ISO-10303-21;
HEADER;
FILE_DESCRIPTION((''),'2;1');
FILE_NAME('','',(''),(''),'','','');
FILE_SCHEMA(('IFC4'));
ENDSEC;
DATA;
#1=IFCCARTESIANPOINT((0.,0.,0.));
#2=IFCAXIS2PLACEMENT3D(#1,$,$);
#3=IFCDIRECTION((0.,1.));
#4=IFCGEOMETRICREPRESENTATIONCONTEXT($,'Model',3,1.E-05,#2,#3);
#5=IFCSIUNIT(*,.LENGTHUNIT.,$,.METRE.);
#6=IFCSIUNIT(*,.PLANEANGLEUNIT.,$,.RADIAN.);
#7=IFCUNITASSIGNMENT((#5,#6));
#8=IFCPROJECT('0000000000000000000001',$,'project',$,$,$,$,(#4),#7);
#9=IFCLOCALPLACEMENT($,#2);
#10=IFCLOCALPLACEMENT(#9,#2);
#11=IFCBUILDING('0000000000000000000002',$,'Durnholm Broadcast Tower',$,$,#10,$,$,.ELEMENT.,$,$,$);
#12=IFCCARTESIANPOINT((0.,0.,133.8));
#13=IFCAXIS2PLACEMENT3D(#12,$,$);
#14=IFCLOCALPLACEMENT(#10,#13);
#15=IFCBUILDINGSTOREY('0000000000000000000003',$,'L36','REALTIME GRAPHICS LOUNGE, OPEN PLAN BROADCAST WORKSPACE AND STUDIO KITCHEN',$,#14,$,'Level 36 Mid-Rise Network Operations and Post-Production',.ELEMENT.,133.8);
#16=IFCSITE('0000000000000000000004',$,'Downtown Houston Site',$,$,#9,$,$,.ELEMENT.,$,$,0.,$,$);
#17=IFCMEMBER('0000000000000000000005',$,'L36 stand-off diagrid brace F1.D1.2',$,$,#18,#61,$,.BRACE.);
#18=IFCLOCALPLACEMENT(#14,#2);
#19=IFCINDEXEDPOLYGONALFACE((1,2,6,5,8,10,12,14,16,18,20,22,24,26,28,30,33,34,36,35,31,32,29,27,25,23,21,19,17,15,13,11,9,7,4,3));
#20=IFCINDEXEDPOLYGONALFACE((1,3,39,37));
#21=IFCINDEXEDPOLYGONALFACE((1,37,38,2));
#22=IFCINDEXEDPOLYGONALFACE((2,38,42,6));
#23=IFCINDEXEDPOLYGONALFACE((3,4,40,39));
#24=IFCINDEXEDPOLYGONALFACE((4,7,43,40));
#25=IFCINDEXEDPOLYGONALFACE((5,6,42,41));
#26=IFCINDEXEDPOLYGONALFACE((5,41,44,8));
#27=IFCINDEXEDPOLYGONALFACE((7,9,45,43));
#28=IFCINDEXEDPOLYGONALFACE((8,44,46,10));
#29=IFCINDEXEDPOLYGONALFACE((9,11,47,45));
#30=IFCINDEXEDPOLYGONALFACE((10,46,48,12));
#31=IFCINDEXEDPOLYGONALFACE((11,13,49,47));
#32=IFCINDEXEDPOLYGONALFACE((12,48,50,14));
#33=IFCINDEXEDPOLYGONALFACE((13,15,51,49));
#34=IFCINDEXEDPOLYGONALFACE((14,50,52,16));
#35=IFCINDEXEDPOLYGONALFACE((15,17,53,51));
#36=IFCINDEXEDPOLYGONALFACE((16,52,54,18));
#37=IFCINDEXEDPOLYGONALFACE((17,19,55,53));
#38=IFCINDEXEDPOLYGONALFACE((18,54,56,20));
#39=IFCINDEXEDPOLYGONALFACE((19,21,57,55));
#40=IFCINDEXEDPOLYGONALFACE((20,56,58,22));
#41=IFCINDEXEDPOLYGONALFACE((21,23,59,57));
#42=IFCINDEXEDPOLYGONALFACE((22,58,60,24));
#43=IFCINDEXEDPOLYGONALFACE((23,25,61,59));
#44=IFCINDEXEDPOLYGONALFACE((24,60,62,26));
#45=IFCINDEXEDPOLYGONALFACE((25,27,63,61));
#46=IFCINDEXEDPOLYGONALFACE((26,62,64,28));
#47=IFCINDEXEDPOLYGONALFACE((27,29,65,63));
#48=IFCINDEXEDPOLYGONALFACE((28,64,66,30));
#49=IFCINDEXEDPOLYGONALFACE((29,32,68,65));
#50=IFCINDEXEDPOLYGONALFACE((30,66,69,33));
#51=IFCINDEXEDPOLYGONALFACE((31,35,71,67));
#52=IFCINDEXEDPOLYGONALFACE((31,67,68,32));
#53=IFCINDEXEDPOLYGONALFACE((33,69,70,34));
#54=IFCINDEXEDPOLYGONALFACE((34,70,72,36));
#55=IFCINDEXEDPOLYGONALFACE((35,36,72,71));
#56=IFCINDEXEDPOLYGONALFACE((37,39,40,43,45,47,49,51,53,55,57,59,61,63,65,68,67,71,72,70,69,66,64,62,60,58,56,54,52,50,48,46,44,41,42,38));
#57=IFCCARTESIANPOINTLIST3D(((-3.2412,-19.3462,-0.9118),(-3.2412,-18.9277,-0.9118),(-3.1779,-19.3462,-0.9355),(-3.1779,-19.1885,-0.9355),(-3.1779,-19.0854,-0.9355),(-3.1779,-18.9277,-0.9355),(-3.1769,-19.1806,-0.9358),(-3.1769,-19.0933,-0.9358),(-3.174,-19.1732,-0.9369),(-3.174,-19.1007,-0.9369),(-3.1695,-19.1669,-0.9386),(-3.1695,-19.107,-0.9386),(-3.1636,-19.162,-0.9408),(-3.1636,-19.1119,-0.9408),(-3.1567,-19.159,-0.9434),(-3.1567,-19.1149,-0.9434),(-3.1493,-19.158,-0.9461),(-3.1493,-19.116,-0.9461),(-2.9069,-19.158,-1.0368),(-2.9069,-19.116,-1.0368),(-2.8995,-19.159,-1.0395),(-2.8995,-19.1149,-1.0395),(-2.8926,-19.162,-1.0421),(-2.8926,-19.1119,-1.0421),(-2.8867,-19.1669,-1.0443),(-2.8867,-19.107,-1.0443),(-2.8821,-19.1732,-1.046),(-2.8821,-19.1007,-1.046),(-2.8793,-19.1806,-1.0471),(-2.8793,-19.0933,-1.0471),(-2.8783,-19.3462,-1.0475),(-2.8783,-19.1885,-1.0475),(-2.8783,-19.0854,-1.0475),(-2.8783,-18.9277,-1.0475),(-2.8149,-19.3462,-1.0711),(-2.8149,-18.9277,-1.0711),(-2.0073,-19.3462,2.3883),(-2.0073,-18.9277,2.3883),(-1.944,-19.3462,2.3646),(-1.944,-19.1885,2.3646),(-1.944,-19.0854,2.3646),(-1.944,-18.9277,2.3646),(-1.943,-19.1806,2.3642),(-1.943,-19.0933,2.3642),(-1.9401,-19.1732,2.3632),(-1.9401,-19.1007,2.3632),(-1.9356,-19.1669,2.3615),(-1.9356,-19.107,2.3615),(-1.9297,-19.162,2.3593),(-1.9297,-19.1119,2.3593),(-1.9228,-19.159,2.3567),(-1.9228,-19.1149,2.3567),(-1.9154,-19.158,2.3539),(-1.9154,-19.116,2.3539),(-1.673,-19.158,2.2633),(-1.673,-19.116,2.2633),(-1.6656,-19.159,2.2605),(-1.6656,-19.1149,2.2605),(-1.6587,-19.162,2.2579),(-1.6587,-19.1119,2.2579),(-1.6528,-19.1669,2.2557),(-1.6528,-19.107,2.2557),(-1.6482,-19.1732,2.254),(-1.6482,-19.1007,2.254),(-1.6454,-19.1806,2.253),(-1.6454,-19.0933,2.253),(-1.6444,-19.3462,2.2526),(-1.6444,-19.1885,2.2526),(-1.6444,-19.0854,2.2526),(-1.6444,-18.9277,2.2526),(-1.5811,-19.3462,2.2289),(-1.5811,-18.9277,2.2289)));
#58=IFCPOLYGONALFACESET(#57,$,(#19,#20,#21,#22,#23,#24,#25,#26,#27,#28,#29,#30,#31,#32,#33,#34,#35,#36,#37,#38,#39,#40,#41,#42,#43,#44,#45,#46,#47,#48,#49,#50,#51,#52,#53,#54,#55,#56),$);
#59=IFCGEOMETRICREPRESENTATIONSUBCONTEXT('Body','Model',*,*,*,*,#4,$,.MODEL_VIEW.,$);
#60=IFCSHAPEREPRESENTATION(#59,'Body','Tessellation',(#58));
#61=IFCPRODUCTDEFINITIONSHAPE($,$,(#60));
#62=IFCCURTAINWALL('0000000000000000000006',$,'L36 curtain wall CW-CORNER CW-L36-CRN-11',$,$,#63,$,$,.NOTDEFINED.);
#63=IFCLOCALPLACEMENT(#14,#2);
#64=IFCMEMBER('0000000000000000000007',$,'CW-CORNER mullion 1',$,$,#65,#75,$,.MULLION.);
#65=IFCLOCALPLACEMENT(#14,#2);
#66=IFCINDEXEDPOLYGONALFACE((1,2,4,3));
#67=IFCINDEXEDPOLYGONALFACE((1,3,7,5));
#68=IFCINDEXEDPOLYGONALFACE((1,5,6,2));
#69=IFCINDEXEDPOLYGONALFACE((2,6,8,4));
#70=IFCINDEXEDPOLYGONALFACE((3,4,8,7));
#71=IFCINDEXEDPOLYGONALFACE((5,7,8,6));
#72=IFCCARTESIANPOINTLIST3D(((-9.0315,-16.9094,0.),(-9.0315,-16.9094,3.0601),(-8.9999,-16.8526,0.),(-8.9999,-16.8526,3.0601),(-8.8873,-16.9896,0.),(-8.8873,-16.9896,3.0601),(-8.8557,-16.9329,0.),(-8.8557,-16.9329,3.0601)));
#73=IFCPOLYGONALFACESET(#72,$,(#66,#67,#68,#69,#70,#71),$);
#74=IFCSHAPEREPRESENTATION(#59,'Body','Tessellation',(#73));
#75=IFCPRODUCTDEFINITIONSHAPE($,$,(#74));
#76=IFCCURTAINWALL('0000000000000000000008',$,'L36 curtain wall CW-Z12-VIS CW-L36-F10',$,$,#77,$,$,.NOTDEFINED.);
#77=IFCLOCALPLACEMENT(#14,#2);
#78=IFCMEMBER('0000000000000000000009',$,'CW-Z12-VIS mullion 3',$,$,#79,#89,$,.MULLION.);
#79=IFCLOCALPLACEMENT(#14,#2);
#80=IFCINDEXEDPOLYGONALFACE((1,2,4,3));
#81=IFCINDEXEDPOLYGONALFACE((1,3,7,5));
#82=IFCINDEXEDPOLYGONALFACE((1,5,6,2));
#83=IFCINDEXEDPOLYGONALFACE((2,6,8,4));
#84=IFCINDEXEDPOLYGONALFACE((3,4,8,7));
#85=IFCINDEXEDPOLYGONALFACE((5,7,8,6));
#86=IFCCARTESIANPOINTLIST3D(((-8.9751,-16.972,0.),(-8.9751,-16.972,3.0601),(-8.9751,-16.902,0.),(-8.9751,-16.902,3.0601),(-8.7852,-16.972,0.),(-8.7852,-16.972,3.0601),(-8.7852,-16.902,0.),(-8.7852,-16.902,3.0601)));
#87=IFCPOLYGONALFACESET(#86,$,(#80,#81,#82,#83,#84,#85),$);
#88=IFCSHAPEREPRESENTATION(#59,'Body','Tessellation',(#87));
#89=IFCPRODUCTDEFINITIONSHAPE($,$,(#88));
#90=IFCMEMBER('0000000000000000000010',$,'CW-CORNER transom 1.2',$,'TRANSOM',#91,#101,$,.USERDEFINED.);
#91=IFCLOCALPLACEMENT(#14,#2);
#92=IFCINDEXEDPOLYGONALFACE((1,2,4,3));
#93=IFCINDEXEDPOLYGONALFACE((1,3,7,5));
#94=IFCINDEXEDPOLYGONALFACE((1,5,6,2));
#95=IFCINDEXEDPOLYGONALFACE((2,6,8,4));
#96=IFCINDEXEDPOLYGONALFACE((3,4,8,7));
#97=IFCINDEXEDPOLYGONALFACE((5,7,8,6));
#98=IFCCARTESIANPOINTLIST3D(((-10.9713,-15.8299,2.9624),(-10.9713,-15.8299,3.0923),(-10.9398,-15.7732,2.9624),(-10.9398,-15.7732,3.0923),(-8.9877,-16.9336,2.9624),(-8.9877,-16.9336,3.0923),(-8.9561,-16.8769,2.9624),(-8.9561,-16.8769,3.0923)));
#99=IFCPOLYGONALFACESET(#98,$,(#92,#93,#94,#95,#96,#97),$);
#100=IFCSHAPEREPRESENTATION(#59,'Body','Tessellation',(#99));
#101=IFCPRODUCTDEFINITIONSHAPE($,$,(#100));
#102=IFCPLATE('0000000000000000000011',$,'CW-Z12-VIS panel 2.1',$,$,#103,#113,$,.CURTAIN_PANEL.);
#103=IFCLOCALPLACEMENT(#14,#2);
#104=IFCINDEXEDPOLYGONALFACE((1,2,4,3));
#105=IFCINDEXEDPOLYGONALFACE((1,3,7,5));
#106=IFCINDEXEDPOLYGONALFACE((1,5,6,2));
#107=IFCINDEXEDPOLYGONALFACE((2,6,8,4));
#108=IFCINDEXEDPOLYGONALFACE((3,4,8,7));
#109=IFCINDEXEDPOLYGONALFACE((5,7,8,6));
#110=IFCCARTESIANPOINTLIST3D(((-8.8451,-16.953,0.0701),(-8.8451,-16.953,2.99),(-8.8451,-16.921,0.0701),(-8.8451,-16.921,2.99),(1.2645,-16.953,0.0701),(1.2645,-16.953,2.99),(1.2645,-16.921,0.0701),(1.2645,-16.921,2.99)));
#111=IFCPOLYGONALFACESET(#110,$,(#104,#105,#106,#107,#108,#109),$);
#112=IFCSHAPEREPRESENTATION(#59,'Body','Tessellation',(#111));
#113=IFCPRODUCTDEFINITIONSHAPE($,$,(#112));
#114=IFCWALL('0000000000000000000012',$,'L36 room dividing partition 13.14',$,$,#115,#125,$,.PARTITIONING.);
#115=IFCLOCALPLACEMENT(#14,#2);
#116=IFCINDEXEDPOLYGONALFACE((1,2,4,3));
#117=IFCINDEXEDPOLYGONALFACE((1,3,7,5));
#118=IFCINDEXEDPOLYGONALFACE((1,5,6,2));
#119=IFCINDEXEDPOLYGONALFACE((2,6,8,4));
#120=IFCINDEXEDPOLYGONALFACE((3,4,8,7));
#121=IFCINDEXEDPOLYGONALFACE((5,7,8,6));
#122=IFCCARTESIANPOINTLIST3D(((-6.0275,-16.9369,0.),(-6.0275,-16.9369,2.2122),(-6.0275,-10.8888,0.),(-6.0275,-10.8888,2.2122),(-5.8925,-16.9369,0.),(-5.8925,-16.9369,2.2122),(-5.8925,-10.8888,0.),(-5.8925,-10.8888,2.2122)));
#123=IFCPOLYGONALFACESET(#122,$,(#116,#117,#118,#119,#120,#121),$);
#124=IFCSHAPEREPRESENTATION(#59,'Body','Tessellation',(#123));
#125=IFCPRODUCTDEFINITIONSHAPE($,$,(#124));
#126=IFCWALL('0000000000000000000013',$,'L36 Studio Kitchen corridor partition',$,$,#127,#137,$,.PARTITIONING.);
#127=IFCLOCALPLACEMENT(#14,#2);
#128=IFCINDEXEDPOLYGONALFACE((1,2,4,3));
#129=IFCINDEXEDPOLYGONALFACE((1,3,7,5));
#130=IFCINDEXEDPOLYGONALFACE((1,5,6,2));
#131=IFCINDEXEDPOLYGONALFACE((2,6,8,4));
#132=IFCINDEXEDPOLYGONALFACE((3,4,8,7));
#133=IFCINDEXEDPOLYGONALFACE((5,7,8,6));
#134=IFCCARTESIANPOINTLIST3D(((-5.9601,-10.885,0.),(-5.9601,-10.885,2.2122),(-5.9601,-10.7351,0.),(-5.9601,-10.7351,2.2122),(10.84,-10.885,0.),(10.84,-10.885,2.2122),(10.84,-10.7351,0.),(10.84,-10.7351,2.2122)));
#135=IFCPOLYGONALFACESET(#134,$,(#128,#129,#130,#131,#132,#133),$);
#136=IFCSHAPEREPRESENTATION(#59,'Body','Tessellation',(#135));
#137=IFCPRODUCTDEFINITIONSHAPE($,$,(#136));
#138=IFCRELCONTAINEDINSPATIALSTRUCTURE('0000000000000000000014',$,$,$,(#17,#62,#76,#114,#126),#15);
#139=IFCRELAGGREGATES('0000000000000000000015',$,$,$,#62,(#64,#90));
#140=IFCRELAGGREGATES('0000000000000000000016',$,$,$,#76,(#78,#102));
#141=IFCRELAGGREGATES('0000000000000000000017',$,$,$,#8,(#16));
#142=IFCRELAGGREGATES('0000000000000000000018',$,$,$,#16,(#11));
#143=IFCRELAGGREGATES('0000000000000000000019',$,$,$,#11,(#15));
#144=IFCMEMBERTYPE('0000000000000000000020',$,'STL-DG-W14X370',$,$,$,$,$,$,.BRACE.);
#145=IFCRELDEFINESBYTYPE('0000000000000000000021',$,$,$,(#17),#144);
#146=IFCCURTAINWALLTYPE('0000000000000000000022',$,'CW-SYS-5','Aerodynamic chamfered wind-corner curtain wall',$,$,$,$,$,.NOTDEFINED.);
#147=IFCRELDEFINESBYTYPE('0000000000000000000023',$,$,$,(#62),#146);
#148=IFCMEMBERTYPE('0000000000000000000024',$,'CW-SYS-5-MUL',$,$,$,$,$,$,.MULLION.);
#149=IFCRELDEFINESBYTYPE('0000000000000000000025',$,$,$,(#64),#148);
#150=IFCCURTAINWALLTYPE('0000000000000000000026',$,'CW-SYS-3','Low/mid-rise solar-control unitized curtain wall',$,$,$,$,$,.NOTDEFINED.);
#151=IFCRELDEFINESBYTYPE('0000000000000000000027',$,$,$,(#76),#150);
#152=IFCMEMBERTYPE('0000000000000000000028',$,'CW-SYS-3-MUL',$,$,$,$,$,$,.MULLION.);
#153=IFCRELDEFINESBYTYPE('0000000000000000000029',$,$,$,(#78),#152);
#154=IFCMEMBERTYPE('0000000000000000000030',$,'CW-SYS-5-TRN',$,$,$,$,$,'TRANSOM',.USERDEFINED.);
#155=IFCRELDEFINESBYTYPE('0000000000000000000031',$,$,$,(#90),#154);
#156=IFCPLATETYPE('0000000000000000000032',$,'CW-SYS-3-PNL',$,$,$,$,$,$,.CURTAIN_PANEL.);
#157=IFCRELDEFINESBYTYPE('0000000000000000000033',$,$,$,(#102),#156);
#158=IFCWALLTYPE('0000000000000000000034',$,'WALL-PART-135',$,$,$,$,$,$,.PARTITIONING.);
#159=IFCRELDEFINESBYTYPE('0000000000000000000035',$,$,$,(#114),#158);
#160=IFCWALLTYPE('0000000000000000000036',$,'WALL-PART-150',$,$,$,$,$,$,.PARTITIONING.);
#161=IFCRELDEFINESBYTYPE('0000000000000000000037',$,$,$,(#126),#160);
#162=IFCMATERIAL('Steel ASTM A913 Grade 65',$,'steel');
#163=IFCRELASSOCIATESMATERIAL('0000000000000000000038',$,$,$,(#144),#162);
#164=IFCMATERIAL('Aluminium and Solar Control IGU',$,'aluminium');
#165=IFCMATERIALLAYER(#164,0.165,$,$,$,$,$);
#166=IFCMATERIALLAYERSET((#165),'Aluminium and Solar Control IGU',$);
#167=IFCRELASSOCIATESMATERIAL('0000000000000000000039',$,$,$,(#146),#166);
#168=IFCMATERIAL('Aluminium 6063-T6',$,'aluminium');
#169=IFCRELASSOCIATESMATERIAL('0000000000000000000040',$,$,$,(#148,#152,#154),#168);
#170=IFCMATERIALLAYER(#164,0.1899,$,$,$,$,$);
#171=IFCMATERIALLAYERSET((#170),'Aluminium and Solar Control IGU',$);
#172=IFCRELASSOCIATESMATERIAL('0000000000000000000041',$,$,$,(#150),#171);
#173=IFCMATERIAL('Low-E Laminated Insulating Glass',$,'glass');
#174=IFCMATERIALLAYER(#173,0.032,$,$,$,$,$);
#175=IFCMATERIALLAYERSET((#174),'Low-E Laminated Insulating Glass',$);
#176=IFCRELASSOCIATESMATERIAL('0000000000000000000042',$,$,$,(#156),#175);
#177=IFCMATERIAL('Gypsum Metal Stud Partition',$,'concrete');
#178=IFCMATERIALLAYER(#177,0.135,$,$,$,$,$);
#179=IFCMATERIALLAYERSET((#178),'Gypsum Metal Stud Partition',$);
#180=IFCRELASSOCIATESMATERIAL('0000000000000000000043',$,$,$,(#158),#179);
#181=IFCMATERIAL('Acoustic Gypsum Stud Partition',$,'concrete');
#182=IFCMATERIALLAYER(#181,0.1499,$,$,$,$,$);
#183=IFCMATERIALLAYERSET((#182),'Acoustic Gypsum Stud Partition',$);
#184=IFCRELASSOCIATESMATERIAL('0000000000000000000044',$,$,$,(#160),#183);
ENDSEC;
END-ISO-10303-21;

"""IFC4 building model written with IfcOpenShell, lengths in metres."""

from ifc_helpers import new_model, si_unit, direction, frame, frame_2d, origin, origin_2d, place, context, subcontext, project, spatial, rectangle, i_section, extrude, source, transform, mapped, material, layer, layer_set, material_profile, profile_set, type_object, type_shapes, element, aggregate, save


model = new_model("IFC4")

# Units and contexts
model_context = context("Model", 3, precision=1e-05, world=origin(), true_north=direction((0.0, 1.0)))
body_context = subcontext(model_context, "Body", "Model", "MODEL_VIEW")
ifc_project = project(units=[si_unit("LENGTHUNIT", "METRE"), si_unit("PLANEANGLEUNIT", "RADIAN")], contexts=[model_context])

# Site, building, storey
site_placement = place(None, origin())
site = spatial("IfcSite", under=ifc_project, at=site_placement, Name="Downtown Houston Site", CompositionType="ELEMENT", RefElevation=0.0)
building_placement = place(site_placement, origin())
building = spatial("IfcBuilding", under=site, at=building_placement, Name="Durnholm Broadcast Tower", CompositionType="ELEMENT")
storey_placement = place(building_placement, frame((0.0, 0.0, 133.8)))
storey = spatial("IfcBuildingStorey", under=building, at=storey_placement, Name="L36", Description="REALTIME GRAPHICS LOUNGE, OPEN PLAN BROADCAST WORKSPACE AND STUDIO KITCHEN", LongName="Level 36 Mid-Rise Network Operations and Post-Production", CompositionType="ELEMENT", Elevation=133.8)

# Member
ifc_material_1 = material(Name="Steel ASTM A913 Grade 65", Category="steel")
ifc_material_profile_1 = material_profile(ifc_material_1, i_section(OverallWidth=0.4185, OverallDepth=0.4551, WebThickness=0.042, FlangeThickness=0.0676, FilletRadius=0.0305, at=origin_2d()), Name="W14X370")
ifc_profile_set_1 = profile_set([ifc_material_profile_1], Name="Steel ASTM A913 Grade 65")
member_type_1 = type_object("IfcMemberType", Name="STL-DG-W14X370", PredefinedType="BRACE", material=ifc_profile_set_1)
shared_shape_1 = source(origin(), body_context, "Body", "SweptSolid", [
    extrude(i_section(OverallWidth=0.4185, OverallDepth=0.4551, WebThickness=0.042, FlangeThickness=0.0676, FilletRadius=0.0305, at=origin_2d()), origin(), (0.0, 0.0, 1.0), 3.5232),
])
type_shapes(member_type_1, [shared_shape_1])
for number, where, z_axis, x_axis, name in (
    (1, (-3.0281, -19.137, -0.9915), (0.35022, 0.0, 0.936668), (0.0, 1.0, 0.0), "L36 stand-off diagrid brace F1.D1.2"),
):
    element("IfcMember", number, at=place(storey_placement, frame(where, z_axis=z_axis, x_axis=x_axis)), inside=storey, type_object=member_type_1, Name=name, PredefinedType="BRACE", context=body_context, shape_type="MappedRepresentation", body=[
        mapped(shared_shape_1, transform((0.0, 0.0, 0.0), x_axis=(1.0, 0.0, 0.0), y_axis=(0.0, 1.0, 0.0), z_axis=(0.0, 0.0, 1.0), scale=1.0)),
    ])

# Curtain walls, members
ifc_material_2 = material(Name="Aluminium and Solar Control IGU", Category="aluminium")
ifc_layer_1 = layer(ifc_material_2, 0.165)
ifc_layer_set_1 = layer_set([ifc_layer_1], Name="Aluminium and Solar Control IGU")
curtain_wall_type_1 = type_object("IfcCurtainWallType", Name="CW-SYS-5", Description="Aerodynamic chamfered wind-corner curtain wall", PredefinedType="NOTDEFINED", material=ifc_layer_set_1)
curtain_wall_1_placement = place(storey_placement, origin())
curtain_wall_1 = element("IfcCurtainWall", 2, at=curtain_wall_1_placement, inside=storey, type_object=curtain_wall_type_1, Name="L36 curtain wall CW-CORNER CW-L36-CRN-11", PredefinedType="NOTDEFINED")
ifc_material_3 = material(Name="Aluminium 6063-T6", Category="aluminium")
ifc_material_profile_2 = material_profile(ifc_material_3, rectangle(XDim=0.0649, YDim=0.165, at=origin_2d()), Name="CWM65X165")
ifc_profile_set_2 = profile_set([ifc_material_profile_2], Name="Aluminium 6063-T6")
member_type_2 = type_object("IfcMemberType", Name="CW-SYS-5-MUL", PredefinedType="MULLION", material=ifc_profile_set_2)
shared_shape_2 = source(origin(), body_context, "Body", "SweptSolid", [
    extrude(rectangle(XDim=0.0649, YDim=0.165, at=origin_2d()), origin(), (0.0, 0.0, 1.0), 3.0601),
])
type_shapes(member_type_2, [shared_shape_2])
member_1_placement = place(storey_placement, frame((-8.9436, -16.9211, 0.0), z_axis=(0.0, 0.0, 1.0), x_axis=(-0.486244, -0.873823, 0.0)))
member_1 = element("IfcMember", 3, at=member_1_placement, type_object=member_type_2, Name="CW-CORNER mullion 1", PredefinedType="MULLION", context=body_context, shape_type="MappedRepresentation", body=[
    mapped(shared_shape_2, transform((0.0, 0.0, 0.0), x_axis=(1.0, 0.0, 0.0), y_axis=(0.0, 1.0, 0.0), z_axis=(0.0, 0.0, 1.0), scale=1.0)),
])
ifc_layer_2 = layer(ifc_material_2, 0.1899)
ifc_layer_set_2 = layer_set([ifc_layer_2], Name="Aluminium and Solar Control IGU")
curtain_wall_type_2 = type_object("IfcCurtainWallType", Name="CW-SYS-3", Description="Low/mid-rise solar-control unitized curtain wall", PredefinedType="NOTDEFINED", material=ifc_layer_set_2)
curtain_wall_2_placement = place(storey_placement, origin())
curtain_wall_2 = element("IfcCurtainWall", 4, at=curtain_wall_2_placement, inside=storey, type_object=curtain_wall_type_2, Name="L36 curtain wall CW-Z12-VIS CW-L36-F10", PredefinedType="NOTDEFINED")
ifc_material_profile_3 = material_profile(ifc_material_3, rectangle(XDim=0.0701, YDim=0.1899, at=origin_2d()), Name="CWM70X190")
ifc_profile_set_3 = profile_set([ifc_material_profile_3], Name="Aluminium 6063-T6")
member_type_3 = type_object("IfcMemberType", Name="CW-SYS-3-MUL", PredefinedType="MULLION", material=ifc_profile_set_3)
shared_shape_3 = source(origin(), body_context, "Body", "SweptSolid", [
    extrude(rectangle(XDim=0.0701, YDim=0.1899, at=origin_2d()), origin(), (0.0, 0.0, 1.0), 3.0601),
])
type_shapes(member_type_3, [shared_shape_3])
member_2_placement = place(storey_placement, frame((-8.8801, -16.937, 0.0), z_axis=(0.0, 0.0, 1.0), x_axis=(0.0, -1.0, 0.0)))
member_2 = element("IfcMember", 5, at=member_2_placement, type_object=member_type_3, Name="CW-Z12-VIS mullion 3", PredefinedType="MULLION", context=body_context, shape_type="MappedRepresentation", body=[
    mapped(shared_shape_3, transform((0.0, 0.0, 0.0), x_axis=(1.0, 0.0, 0.0), y_axis=(0.0, 1.0, 0.0), z_axis=(0.0, 0.0, 1.0), scale=1.0)),
])

# Member
ifc_material_profile_4 = material_profile(ifc_material_3, rectangle(XDim=0.0649, YDim=0.1299, at=origin_2d()), Name="CWT65X130")
ifc_profile_set_4 = profile_set([ifc_material_profile_4], Name="Aluminium 6063-T6")
member_type_4 = type_object("IfcMemberType", Name="CW-SYS-5-TRN", ElementType="TRANSOM", PredefinedType="USERDEFINED", material=ifc_profile_set_4)
shared_shape_4 = source(origin(), body_context, "Body", "SweptSolid", [
    extrude(rectangle(XDim=0.0649, YDim=0.1299, at=origin_2d()), origin(), (0.0, 0.0, 1.0), 2.27),
])
type_shapes(member_type_4, [shared_shape_4])
member_3_placement = place(storey_placement, frame((-8.9719, -16.9053, 3.0273), z_axis=(-0.873832, 0.486227, 0.0), x_axis=(-0.486227, -0.873832, 0.0)))
member_3 = element("IfcMember", 6, at=member_3_placement, type_object=member_type_4, Name="CW-CORNER transom 1.2", ObjectType="TRANSOM", PredefinedType="USERDEFINED", context=body_context, shape_type="MappedRepresentation", body=[
    mapped(shared_shape_4, transform((0.0, 0.0, 0.0), x_axis=(1.0, 0.0, 0.0), y_axis=(0.0, 1.0, 0.0), z_axis=(0.0, 0.0, 1.0), scale=1.0)),
])
aggregate(curtain_wall_1, [member_1, member_3])

# Plate
ifc_material_4 = material(Name="Low-E Laminated Insulating Glass", Category="glass")
ifc_layer_3 = layer(ifc_material_4, 0.032)
ifc_layer_set_3 = layer_set([ifc_layer_3], Name="Low-E Laminated Insulating Glass")
plate_type = type_object("IfcPlateType", Name="CW-SYS-3-PNL", PredefinedType="CURTAIN_PANEL", material=ifc_layer_set_3)
shared_shape_5 = source(origin(), body_context, "Body", "SweptSolid", [
    extrude(rectangle(XDim=10.1096, YDim=0.032, at=origin_2d()), origin(), (0.0, 0.0, 1.0), 2.9199),
])
type_shapes(plate_type, [shared_shape_5])
plate_placement = place(storey_placement, frame((-3.7903, -16.937, 0.0701), z_axis=(0.0, 0.0, 1.0), x_axis=(-1.0, 0.0, 0.0)))
plate = element("IfcPlate", 7, at=plate_placement, type_object=plate_type, Name="CW-Z12-VIS panel 2.1", PredefinedType="CURTAIN_PANEL", context=body_context, shape_type="MappedRepresentation", body=[
    mapped(shared_shape_5, transform((0.0, 0.0, 0.0), x_axis=(1.0, 0.0, 0.0), y_axis=(0.0, 1.0, 0.0), z_axis=(0.0, 0.0, 1.0), scale=1.0)),
])
aggregate(curtain_wall_2, [member_2, plate])

# Walls
ifc_material_5 = material(Name="Gypsum Metal Stud Partition", Category="concrete")
ifc_layer_4 = layer(ifc_material_5, 0.135)
ifc_layer_set_4 = layer_set([ifc_layer_4], Name="Gypsum Metal Stud Partition")
wall_type_1 = type_object("IfcWallType", Name="WALL-PART-135", PredefinedType="PARTITIONING", material=ifc_layer_set_4)
wall_1_placement = place(storey_placement, frame((-5.96, -10.8889, 0.0), z_axis=(0.0, 0.0, 1.0), x_axis=(0.0, -1.0, 0.0)))
element("IfcWall", 8, at=wall_1_placement, inside=storey, type_object=wall_type_1, Name="L36 room dividing partition 13.14", PredefinedType="PARTITIONING", context=body_context, shape_type="SweptSolid", body=[
    extrude(rectangle(XDim=6.0481, YDim=0.135, at=frame_2d((3.0239, 0.0))), origin(), (0.0, 0.0, 1.0), 2.2122),
])
ifc_material_6 = material(Name="Acoustic Gypsum Stud Partition", Category="concrete")
ifc_layer_5 = layer(ifc_material_6, 0.1499)
ifc_layer_set_5 = layer_set([ifc_layer_5], Name="Acoustic Gypsum Stud Partition")
wall_type_2 = type_object("IfcWallType", Name="WALL-PART-150", PredefinedType="PARTITIONING", material=ifc_layer_set_5)
wall_2_placement = place(storey_placement, frame((-5.96, -10.8101, 0.0), z_axis=(0.0, 0.0, 1.0), x_axis=(1.0, 0.0, 0.0)))
element("IfcWall", 9, at=wall_2_placement, inside=storey, type_object=wall_type_2, Name="L36 Studio Kitchen corridor partition", PredefinedType="PARTITIONING", context=body_context, shape_type="SweptSolid", body=[
    extrude(rectangle(XDim=16.8, YDim=0.1499, at=frame_2d((8.3999, 0.0))), origin(), (0.0, 0.0, 1.0), 2.2122),
])

save(model, "model.ifc")
